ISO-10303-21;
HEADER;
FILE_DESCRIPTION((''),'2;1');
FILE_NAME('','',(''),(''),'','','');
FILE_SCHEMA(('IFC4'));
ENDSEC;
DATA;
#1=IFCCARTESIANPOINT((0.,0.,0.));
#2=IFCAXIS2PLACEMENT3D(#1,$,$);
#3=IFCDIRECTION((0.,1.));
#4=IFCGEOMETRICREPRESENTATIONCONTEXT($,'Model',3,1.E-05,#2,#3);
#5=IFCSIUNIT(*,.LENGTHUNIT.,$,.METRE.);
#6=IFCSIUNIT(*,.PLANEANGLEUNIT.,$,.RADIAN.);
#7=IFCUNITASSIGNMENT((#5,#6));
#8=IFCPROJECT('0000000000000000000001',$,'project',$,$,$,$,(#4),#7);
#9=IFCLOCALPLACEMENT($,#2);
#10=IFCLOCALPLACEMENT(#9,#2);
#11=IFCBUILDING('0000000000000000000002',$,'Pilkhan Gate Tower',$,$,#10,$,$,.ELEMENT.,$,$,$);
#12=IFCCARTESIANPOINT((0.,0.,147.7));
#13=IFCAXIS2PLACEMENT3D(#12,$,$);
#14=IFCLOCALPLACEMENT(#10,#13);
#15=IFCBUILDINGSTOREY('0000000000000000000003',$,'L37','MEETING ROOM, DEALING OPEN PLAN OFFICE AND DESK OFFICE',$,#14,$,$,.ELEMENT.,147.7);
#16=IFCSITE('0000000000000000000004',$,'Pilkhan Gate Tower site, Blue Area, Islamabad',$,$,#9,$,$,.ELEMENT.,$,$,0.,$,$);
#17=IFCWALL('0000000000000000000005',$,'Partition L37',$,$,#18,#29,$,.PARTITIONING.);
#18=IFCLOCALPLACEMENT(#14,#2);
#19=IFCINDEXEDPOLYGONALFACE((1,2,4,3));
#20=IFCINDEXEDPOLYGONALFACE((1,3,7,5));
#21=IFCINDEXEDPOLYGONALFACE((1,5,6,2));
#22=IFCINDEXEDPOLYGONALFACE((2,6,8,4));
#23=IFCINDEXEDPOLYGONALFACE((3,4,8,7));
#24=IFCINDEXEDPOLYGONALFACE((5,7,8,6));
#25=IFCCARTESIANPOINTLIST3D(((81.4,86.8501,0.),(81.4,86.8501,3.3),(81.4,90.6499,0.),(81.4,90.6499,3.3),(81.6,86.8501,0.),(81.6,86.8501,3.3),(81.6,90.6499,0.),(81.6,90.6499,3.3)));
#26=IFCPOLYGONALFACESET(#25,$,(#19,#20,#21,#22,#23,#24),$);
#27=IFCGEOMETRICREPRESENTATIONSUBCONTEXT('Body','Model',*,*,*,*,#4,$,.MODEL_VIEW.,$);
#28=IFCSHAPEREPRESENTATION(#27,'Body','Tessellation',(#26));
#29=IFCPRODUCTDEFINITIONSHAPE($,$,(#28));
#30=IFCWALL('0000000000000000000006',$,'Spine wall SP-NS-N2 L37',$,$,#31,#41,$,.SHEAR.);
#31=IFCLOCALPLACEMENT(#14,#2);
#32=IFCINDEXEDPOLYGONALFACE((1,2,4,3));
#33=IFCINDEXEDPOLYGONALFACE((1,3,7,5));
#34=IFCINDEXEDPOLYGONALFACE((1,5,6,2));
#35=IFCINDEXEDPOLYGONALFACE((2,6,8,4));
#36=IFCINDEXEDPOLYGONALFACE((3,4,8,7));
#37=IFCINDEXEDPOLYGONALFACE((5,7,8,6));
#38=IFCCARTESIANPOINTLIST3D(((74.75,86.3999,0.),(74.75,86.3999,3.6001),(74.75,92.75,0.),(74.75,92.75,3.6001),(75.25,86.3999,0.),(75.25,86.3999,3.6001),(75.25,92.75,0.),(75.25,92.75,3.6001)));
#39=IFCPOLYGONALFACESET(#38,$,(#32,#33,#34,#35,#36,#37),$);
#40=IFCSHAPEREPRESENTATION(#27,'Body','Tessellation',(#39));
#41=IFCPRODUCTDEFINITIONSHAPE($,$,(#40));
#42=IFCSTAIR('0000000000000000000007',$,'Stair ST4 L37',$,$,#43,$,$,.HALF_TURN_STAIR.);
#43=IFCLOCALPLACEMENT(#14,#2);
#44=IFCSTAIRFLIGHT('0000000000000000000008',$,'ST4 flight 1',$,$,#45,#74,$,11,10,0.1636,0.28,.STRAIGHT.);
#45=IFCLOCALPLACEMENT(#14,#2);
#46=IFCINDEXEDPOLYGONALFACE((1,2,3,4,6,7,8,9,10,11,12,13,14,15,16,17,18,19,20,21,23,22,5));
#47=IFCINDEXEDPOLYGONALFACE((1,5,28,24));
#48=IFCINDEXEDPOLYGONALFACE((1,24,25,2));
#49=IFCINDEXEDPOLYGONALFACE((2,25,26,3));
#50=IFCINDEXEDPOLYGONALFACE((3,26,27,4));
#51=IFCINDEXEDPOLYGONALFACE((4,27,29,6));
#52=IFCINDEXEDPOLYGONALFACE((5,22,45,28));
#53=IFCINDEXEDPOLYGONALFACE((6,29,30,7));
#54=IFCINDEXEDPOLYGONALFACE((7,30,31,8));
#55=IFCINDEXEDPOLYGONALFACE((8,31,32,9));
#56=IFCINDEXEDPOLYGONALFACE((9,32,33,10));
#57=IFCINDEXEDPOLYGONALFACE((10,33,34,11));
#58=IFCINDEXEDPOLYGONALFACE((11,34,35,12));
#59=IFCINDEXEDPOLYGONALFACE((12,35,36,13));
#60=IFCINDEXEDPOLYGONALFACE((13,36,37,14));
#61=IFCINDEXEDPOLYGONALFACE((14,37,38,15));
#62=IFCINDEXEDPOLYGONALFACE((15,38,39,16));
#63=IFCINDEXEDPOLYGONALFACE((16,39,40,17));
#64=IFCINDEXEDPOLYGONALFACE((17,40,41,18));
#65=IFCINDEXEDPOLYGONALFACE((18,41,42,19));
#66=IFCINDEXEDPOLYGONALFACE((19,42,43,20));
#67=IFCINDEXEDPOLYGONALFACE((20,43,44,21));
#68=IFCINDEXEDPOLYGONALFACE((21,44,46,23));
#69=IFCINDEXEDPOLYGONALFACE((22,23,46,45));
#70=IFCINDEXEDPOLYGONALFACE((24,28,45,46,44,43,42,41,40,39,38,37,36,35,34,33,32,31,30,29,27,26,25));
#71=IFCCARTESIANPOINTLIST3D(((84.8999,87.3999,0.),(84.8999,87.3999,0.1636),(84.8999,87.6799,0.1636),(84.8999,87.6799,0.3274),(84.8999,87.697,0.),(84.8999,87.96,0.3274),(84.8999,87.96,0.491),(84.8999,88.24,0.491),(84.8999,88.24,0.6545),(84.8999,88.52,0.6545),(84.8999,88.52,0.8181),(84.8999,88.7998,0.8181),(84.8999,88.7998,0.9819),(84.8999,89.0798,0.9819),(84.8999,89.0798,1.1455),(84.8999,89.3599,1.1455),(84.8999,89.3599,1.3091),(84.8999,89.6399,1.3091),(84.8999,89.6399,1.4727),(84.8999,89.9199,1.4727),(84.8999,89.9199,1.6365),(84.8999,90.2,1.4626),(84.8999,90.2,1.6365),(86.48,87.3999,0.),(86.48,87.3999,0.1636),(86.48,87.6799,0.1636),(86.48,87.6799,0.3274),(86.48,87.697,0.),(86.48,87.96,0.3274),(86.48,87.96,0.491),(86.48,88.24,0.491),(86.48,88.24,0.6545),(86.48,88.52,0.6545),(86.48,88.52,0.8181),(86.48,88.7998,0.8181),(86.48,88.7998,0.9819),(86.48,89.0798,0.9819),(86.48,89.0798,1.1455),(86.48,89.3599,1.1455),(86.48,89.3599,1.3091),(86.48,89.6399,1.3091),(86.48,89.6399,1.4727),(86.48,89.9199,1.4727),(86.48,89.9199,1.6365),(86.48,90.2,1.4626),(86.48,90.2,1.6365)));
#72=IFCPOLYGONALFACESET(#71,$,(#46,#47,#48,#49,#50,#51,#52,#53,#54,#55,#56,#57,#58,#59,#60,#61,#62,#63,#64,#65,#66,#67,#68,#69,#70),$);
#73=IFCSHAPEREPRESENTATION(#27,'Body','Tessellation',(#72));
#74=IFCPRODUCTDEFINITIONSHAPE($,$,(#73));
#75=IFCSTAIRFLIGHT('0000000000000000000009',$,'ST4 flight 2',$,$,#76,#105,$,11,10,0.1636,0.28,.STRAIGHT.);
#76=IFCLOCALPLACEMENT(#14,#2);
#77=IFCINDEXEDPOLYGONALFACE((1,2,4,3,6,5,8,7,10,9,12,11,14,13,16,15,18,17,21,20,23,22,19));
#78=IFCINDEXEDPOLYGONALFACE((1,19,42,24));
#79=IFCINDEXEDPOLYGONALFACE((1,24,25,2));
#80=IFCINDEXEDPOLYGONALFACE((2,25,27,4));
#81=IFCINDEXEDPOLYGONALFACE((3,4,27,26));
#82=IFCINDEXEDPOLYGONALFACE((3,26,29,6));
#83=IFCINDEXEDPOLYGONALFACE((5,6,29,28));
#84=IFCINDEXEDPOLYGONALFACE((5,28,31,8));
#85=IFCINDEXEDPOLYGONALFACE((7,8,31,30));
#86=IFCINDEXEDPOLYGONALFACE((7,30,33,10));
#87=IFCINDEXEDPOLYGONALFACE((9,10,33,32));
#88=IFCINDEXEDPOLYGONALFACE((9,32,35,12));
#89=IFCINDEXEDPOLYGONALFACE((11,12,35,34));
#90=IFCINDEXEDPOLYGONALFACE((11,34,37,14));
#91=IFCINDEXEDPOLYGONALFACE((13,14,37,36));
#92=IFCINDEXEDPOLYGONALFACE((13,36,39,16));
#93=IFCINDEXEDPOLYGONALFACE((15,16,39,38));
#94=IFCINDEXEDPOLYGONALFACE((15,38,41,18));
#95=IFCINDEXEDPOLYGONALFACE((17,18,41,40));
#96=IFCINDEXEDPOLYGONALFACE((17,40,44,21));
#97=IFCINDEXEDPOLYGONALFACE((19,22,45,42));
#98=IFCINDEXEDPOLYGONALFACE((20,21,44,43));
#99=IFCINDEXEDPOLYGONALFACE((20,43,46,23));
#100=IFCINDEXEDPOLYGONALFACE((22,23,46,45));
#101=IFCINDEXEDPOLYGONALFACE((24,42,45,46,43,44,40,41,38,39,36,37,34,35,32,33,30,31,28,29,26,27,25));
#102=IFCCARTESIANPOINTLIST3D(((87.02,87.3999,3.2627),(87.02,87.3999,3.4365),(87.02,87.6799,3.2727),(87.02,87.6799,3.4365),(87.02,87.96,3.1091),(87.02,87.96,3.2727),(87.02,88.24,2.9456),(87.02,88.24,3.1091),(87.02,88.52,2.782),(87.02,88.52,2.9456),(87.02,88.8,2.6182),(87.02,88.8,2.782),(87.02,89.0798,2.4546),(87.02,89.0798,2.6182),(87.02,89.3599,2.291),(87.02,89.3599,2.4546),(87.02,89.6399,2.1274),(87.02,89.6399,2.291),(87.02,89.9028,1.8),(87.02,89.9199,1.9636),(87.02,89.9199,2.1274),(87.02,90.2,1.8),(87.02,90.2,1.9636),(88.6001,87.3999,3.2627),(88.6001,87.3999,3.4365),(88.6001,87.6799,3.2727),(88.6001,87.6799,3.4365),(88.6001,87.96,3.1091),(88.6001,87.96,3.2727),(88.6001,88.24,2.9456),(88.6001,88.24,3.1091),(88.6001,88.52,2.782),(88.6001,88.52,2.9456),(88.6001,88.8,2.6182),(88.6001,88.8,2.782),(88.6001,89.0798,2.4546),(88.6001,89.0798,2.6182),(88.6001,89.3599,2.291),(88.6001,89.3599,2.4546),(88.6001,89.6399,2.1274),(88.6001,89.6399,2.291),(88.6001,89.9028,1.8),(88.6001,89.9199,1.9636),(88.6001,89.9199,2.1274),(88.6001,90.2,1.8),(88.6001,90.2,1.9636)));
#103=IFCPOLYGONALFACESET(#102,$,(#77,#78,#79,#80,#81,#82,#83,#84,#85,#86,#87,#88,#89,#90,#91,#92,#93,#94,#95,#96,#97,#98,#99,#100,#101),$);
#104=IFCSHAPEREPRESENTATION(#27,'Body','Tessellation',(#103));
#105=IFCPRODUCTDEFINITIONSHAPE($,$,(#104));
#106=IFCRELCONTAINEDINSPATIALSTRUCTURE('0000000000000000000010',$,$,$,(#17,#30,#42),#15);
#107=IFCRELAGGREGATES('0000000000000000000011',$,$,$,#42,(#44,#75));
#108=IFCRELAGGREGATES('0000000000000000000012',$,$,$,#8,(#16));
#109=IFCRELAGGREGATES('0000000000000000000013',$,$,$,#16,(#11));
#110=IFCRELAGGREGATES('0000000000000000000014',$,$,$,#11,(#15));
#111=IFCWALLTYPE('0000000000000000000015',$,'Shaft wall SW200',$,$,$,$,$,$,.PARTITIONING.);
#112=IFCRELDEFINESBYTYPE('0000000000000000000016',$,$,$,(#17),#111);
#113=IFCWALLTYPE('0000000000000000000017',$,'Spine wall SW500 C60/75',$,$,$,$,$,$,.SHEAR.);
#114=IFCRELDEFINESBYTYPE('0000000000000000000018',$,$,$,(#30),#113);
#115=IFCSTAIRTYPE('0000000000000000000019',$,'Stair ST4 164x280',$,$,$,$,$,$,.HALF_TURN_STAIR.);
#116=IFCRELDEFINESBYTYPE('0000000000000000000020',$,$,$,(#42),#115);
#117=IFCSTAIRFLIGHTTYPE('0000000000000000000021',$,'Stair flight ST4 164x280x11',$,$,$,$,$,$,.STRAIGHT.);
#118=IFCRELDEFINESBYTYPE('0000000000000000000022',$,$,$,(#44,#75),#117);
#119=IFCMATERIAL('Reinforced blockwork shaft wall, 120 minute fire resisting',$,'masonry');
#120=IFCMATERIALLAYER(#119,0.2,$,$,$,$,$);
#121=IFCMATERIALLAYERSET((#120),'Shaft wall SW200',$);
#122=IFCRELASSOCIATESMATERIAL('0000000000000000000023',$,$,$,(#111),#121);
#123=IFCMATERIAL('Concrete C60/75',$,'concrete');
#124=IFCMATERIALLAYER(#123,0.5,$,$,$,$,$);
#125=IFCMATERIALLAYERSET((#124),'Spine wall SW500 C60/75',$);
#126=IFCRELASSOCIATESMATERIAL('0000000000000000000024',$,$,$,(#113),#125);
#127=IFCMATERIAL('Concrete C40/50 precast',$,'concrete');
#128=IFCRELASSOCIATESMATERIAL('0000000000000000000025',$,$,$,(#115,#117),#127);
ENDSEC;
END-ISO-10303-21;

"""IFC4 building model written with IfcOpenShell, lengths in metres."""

from ifc_helpers import new_model, si_unit, direction, frame, frame_2d, origin, place, context, subcontext, project, spatial, polyline, rectangle, outline, extrude, material, layer, layer_set, type_object, element, aggregate, save


model = new_model("IFC4")

# Units and contexts
model_context = context("Model", 3, precision=1e-05, world=origin(), true_north=direction((0.0, 1.0)))
body_context = subcontext(model_context, "Body", "Model", "MODEL_VIEW")
ifc_project = project(units=[si_unit("LENGTHUNIT", "METRE"), si_unit("PLANEANGLEUNIT", "RADIAN")], contexts=[model_context])

# Site, building, storey
site_placement = place(None, origin())
site = spatial("IfcSite", under=ifc_project, at=site_placement, Name="Pilkhan Gate Tower site, Blue Area, Islamabad", CompositionType="ELEMENT", RefElevation=0.0)
building_placement = place(site_placement, origin())
building = spatial("IfcBuilding", under=site, at=building_placement, Name="Pilkhan Gate Tower", CompositionType="ELEMENT")
storey_placement = place(building_placement, frame((0.0, 0.0, 147.7)))
storey = spatial("IfcBuildingStorey", under=building, at=storey_placement, Name="L37", Description="MEETING ROOM, DEALING OPEN PLAN OFFICE AND DESK OFFICE", CompositionType="ELEMENT", Elevation=147.7)

# Shared definitions
ifc_material_1 = material(Name="Reinforced blockwork shaft wall, 120 minute fire resisting", Category="masonry")
ifc_layer_1 = layer(ifc_material_1, 0.2)
ifc_layer_set_1 = layer_set([ifc_layer_1], Name="Shaft wall SW200")
wall_type_1 = type_object("IfcWallType", Name="Shaft wall SW200", PredefinedType="PARTITIONING", material=ifc_layer_set_1)

# Walls
for number, where, z_axis, x_axis, name in (
    (1, (81.5, 86.8501, 0.0), (0.0, 0.0, 1.0), (0.0, 1.0, 0.0), "Partition L37"),
):
    element("IfcWall", number, at=place(storey_placement, frame(where, z_axis=z_axis, x_axis=x_axis)), inside=storey, type_object=wall_type_1, Name=name, PredefinedType="PARTITIONING", context=body_context, shape_type="SweptSolid", body=[
        extrude(rectangle(XDim=3.7998, YDim=0.2, at=frame_2d((1.8999, 0.0))), origin(), (0.0, 0.0, 1.0), 3.3),
    ])
ifc_material_2 = material(Name="Concrete C60/75", Category="concrete")
ifc_layer_2 = layer(ifc_material_2, 0.5)
ifc_layer_set_2 = layer_set([ifc_layer_2], Name="Spine wall SW500 C60/75")
wall_type_2 = type_object("IfcWallType", Name="Spine wall SW500 C60/75", PredefinedType="SHEAR", material=ifc_layer_set_2)
wall_1_placement = place(storey_placement, frame((75.0, 86.3999, 0.0), z_axis=(0.0, 0.0, 1.0), x_axis=(0.0, 1.0, 0.0)))
element("IfcWall", 2, at=wall_1_placement, inside=storey, type_object=wall_type_2, Name="Spine wall SP-NS-N2 L37", PredefinedType="SHEAR", context=body_context, shape_type="SweptSolid", body=[
    extrude(rectangle(XDim=6.3501, YDim=0.5, at=frame_2d((3.175, 0.0))), origin(), (0.0, 0.0, 1.0), 3.6001),
])

# Stair, stair flights
ifc_material_3 = material(Name="Concrete C40/50 precast", Category="concrete")
stair_type = type_object("IfcStairType", Name="Stair ST4 164x280", PredefinedType="HALF_TURN_STAIR", material=ifc_material_3)
stair_placement = place(storey_placement, origin())
stair = element("IfcStair", 3, at=stair_placement, inside=storey, type_object=stair_type, Name="Stair ST4 L37", PredefinedType="HALF_TURN_STAIR")
stair_flight_type = type_object("IfcStairFlightType", Name="Stair flight ST4 164x280x11", PredefinedType="STRAIGHT", material=ifc_material_3)
stair_flight_1_placement = place(storey_placement, frame((85.6899, 87.3999, 0.0), z_axis=(0.0, 0.0, 1.0), x_axis=(0.0, 1.0, 0.0)))
stair_flight_1 = element("IfcStairFlight", 4, at=stair_flight_1_placement, type_object=stair_flight_type, Name="ST4 flight 1", NumberOfRisers=11, NumberOfTreads=10, PredefinedType="STRAIGHT", RiserHeight=0.1636, TreadLength=0.28, context=body_context, shape_type="SweptSolid", body=[
    extrude(outline(polyline([(0.0, 0.0), (0.0, 0.1636), (0.28, 0.1636), (0.28, 0.3274), (0.5601, 0.3274), (0.5601, 0.491), (0.8401, 0.491), (0.8401, 0.6545), (1.1201, 0.6545), (1.1201, 0.8181), (1.3999, 0.8181), (1.3999, 0.9819), (1.6799, 0.9819), (1.6799, 1.1455), (1.96, 1.1455), (1.96, 1.3091), (2.24, 1.3091), (2.24, 1.4727), (2.52, 1.4727), (2.52, 1.6365), (2.8, 1.6365), (2.8, 1.8), (2.8, 1.4626), (0.2971, 0.0), (0.0, 0.0)])), frame((0.0, 0.79, 0.0), z_axis=(0.0, -1.0, 0.0), x_axis=(1.0, 0.0, 0.0)), (0.0, 0.0, 1.0), 1.5801),
])
stair_flight_2_placement = place(storey_placement, frame((87.8101, 90.2, 1.8), z_axis=(0.0, 0.0, 1.0), x_axis=(0.0, -1.0, 0.0)))
stair_flight_2 = element("IfcStairFlight", 5, at=stair_flight_2_placement, type_object=stair_flight_type, Name="ST4 flight 2", NumberOfRisers=11, NumberOfTreads=10, PredefinedType="STRAIGHT", RiserHeight=0.1636, TreadLength=0.28, context=body_context, shape_type="SweptSolid", body=[
    extrude(outline(polyline([(0.0, 0.0), (0.0, 0.1636), (0.28, 0.1636), (0.28, 0.3274), (0.5601, 0.3274), (0.5601, 0.491), (0.8401, 0.491), (0.8401, 0.6545), (1.1201, 0.6545), (1.1201, 0.8181), (1.3999, 0.8181), (1.3999, 0.9819), (1.6799, 0.9819), (1.6799, 1.1455), (1.96, 1.1455), (1.96, 1.3091), (2.24, 1.3091), (2.24, 1.4727), (2.52, 1.4727), (2.52, 1.6365), (2.8, 1.6365), (2.8, 1.8), (2.8, 1.4626), (0.2971, 0.0), (0.0, 0.0)])), frame((0.0, 0.79, 0.0), z_axis=(0.0, -1.0, 0.0), x_axis=(1.0, 0.0, 0.0)), (0.0, 0.0, 1.0), 1.5801),
])
aggregate(stair, [stair_flight_1, stair_flight_2])

save(model, "model.ifc")
